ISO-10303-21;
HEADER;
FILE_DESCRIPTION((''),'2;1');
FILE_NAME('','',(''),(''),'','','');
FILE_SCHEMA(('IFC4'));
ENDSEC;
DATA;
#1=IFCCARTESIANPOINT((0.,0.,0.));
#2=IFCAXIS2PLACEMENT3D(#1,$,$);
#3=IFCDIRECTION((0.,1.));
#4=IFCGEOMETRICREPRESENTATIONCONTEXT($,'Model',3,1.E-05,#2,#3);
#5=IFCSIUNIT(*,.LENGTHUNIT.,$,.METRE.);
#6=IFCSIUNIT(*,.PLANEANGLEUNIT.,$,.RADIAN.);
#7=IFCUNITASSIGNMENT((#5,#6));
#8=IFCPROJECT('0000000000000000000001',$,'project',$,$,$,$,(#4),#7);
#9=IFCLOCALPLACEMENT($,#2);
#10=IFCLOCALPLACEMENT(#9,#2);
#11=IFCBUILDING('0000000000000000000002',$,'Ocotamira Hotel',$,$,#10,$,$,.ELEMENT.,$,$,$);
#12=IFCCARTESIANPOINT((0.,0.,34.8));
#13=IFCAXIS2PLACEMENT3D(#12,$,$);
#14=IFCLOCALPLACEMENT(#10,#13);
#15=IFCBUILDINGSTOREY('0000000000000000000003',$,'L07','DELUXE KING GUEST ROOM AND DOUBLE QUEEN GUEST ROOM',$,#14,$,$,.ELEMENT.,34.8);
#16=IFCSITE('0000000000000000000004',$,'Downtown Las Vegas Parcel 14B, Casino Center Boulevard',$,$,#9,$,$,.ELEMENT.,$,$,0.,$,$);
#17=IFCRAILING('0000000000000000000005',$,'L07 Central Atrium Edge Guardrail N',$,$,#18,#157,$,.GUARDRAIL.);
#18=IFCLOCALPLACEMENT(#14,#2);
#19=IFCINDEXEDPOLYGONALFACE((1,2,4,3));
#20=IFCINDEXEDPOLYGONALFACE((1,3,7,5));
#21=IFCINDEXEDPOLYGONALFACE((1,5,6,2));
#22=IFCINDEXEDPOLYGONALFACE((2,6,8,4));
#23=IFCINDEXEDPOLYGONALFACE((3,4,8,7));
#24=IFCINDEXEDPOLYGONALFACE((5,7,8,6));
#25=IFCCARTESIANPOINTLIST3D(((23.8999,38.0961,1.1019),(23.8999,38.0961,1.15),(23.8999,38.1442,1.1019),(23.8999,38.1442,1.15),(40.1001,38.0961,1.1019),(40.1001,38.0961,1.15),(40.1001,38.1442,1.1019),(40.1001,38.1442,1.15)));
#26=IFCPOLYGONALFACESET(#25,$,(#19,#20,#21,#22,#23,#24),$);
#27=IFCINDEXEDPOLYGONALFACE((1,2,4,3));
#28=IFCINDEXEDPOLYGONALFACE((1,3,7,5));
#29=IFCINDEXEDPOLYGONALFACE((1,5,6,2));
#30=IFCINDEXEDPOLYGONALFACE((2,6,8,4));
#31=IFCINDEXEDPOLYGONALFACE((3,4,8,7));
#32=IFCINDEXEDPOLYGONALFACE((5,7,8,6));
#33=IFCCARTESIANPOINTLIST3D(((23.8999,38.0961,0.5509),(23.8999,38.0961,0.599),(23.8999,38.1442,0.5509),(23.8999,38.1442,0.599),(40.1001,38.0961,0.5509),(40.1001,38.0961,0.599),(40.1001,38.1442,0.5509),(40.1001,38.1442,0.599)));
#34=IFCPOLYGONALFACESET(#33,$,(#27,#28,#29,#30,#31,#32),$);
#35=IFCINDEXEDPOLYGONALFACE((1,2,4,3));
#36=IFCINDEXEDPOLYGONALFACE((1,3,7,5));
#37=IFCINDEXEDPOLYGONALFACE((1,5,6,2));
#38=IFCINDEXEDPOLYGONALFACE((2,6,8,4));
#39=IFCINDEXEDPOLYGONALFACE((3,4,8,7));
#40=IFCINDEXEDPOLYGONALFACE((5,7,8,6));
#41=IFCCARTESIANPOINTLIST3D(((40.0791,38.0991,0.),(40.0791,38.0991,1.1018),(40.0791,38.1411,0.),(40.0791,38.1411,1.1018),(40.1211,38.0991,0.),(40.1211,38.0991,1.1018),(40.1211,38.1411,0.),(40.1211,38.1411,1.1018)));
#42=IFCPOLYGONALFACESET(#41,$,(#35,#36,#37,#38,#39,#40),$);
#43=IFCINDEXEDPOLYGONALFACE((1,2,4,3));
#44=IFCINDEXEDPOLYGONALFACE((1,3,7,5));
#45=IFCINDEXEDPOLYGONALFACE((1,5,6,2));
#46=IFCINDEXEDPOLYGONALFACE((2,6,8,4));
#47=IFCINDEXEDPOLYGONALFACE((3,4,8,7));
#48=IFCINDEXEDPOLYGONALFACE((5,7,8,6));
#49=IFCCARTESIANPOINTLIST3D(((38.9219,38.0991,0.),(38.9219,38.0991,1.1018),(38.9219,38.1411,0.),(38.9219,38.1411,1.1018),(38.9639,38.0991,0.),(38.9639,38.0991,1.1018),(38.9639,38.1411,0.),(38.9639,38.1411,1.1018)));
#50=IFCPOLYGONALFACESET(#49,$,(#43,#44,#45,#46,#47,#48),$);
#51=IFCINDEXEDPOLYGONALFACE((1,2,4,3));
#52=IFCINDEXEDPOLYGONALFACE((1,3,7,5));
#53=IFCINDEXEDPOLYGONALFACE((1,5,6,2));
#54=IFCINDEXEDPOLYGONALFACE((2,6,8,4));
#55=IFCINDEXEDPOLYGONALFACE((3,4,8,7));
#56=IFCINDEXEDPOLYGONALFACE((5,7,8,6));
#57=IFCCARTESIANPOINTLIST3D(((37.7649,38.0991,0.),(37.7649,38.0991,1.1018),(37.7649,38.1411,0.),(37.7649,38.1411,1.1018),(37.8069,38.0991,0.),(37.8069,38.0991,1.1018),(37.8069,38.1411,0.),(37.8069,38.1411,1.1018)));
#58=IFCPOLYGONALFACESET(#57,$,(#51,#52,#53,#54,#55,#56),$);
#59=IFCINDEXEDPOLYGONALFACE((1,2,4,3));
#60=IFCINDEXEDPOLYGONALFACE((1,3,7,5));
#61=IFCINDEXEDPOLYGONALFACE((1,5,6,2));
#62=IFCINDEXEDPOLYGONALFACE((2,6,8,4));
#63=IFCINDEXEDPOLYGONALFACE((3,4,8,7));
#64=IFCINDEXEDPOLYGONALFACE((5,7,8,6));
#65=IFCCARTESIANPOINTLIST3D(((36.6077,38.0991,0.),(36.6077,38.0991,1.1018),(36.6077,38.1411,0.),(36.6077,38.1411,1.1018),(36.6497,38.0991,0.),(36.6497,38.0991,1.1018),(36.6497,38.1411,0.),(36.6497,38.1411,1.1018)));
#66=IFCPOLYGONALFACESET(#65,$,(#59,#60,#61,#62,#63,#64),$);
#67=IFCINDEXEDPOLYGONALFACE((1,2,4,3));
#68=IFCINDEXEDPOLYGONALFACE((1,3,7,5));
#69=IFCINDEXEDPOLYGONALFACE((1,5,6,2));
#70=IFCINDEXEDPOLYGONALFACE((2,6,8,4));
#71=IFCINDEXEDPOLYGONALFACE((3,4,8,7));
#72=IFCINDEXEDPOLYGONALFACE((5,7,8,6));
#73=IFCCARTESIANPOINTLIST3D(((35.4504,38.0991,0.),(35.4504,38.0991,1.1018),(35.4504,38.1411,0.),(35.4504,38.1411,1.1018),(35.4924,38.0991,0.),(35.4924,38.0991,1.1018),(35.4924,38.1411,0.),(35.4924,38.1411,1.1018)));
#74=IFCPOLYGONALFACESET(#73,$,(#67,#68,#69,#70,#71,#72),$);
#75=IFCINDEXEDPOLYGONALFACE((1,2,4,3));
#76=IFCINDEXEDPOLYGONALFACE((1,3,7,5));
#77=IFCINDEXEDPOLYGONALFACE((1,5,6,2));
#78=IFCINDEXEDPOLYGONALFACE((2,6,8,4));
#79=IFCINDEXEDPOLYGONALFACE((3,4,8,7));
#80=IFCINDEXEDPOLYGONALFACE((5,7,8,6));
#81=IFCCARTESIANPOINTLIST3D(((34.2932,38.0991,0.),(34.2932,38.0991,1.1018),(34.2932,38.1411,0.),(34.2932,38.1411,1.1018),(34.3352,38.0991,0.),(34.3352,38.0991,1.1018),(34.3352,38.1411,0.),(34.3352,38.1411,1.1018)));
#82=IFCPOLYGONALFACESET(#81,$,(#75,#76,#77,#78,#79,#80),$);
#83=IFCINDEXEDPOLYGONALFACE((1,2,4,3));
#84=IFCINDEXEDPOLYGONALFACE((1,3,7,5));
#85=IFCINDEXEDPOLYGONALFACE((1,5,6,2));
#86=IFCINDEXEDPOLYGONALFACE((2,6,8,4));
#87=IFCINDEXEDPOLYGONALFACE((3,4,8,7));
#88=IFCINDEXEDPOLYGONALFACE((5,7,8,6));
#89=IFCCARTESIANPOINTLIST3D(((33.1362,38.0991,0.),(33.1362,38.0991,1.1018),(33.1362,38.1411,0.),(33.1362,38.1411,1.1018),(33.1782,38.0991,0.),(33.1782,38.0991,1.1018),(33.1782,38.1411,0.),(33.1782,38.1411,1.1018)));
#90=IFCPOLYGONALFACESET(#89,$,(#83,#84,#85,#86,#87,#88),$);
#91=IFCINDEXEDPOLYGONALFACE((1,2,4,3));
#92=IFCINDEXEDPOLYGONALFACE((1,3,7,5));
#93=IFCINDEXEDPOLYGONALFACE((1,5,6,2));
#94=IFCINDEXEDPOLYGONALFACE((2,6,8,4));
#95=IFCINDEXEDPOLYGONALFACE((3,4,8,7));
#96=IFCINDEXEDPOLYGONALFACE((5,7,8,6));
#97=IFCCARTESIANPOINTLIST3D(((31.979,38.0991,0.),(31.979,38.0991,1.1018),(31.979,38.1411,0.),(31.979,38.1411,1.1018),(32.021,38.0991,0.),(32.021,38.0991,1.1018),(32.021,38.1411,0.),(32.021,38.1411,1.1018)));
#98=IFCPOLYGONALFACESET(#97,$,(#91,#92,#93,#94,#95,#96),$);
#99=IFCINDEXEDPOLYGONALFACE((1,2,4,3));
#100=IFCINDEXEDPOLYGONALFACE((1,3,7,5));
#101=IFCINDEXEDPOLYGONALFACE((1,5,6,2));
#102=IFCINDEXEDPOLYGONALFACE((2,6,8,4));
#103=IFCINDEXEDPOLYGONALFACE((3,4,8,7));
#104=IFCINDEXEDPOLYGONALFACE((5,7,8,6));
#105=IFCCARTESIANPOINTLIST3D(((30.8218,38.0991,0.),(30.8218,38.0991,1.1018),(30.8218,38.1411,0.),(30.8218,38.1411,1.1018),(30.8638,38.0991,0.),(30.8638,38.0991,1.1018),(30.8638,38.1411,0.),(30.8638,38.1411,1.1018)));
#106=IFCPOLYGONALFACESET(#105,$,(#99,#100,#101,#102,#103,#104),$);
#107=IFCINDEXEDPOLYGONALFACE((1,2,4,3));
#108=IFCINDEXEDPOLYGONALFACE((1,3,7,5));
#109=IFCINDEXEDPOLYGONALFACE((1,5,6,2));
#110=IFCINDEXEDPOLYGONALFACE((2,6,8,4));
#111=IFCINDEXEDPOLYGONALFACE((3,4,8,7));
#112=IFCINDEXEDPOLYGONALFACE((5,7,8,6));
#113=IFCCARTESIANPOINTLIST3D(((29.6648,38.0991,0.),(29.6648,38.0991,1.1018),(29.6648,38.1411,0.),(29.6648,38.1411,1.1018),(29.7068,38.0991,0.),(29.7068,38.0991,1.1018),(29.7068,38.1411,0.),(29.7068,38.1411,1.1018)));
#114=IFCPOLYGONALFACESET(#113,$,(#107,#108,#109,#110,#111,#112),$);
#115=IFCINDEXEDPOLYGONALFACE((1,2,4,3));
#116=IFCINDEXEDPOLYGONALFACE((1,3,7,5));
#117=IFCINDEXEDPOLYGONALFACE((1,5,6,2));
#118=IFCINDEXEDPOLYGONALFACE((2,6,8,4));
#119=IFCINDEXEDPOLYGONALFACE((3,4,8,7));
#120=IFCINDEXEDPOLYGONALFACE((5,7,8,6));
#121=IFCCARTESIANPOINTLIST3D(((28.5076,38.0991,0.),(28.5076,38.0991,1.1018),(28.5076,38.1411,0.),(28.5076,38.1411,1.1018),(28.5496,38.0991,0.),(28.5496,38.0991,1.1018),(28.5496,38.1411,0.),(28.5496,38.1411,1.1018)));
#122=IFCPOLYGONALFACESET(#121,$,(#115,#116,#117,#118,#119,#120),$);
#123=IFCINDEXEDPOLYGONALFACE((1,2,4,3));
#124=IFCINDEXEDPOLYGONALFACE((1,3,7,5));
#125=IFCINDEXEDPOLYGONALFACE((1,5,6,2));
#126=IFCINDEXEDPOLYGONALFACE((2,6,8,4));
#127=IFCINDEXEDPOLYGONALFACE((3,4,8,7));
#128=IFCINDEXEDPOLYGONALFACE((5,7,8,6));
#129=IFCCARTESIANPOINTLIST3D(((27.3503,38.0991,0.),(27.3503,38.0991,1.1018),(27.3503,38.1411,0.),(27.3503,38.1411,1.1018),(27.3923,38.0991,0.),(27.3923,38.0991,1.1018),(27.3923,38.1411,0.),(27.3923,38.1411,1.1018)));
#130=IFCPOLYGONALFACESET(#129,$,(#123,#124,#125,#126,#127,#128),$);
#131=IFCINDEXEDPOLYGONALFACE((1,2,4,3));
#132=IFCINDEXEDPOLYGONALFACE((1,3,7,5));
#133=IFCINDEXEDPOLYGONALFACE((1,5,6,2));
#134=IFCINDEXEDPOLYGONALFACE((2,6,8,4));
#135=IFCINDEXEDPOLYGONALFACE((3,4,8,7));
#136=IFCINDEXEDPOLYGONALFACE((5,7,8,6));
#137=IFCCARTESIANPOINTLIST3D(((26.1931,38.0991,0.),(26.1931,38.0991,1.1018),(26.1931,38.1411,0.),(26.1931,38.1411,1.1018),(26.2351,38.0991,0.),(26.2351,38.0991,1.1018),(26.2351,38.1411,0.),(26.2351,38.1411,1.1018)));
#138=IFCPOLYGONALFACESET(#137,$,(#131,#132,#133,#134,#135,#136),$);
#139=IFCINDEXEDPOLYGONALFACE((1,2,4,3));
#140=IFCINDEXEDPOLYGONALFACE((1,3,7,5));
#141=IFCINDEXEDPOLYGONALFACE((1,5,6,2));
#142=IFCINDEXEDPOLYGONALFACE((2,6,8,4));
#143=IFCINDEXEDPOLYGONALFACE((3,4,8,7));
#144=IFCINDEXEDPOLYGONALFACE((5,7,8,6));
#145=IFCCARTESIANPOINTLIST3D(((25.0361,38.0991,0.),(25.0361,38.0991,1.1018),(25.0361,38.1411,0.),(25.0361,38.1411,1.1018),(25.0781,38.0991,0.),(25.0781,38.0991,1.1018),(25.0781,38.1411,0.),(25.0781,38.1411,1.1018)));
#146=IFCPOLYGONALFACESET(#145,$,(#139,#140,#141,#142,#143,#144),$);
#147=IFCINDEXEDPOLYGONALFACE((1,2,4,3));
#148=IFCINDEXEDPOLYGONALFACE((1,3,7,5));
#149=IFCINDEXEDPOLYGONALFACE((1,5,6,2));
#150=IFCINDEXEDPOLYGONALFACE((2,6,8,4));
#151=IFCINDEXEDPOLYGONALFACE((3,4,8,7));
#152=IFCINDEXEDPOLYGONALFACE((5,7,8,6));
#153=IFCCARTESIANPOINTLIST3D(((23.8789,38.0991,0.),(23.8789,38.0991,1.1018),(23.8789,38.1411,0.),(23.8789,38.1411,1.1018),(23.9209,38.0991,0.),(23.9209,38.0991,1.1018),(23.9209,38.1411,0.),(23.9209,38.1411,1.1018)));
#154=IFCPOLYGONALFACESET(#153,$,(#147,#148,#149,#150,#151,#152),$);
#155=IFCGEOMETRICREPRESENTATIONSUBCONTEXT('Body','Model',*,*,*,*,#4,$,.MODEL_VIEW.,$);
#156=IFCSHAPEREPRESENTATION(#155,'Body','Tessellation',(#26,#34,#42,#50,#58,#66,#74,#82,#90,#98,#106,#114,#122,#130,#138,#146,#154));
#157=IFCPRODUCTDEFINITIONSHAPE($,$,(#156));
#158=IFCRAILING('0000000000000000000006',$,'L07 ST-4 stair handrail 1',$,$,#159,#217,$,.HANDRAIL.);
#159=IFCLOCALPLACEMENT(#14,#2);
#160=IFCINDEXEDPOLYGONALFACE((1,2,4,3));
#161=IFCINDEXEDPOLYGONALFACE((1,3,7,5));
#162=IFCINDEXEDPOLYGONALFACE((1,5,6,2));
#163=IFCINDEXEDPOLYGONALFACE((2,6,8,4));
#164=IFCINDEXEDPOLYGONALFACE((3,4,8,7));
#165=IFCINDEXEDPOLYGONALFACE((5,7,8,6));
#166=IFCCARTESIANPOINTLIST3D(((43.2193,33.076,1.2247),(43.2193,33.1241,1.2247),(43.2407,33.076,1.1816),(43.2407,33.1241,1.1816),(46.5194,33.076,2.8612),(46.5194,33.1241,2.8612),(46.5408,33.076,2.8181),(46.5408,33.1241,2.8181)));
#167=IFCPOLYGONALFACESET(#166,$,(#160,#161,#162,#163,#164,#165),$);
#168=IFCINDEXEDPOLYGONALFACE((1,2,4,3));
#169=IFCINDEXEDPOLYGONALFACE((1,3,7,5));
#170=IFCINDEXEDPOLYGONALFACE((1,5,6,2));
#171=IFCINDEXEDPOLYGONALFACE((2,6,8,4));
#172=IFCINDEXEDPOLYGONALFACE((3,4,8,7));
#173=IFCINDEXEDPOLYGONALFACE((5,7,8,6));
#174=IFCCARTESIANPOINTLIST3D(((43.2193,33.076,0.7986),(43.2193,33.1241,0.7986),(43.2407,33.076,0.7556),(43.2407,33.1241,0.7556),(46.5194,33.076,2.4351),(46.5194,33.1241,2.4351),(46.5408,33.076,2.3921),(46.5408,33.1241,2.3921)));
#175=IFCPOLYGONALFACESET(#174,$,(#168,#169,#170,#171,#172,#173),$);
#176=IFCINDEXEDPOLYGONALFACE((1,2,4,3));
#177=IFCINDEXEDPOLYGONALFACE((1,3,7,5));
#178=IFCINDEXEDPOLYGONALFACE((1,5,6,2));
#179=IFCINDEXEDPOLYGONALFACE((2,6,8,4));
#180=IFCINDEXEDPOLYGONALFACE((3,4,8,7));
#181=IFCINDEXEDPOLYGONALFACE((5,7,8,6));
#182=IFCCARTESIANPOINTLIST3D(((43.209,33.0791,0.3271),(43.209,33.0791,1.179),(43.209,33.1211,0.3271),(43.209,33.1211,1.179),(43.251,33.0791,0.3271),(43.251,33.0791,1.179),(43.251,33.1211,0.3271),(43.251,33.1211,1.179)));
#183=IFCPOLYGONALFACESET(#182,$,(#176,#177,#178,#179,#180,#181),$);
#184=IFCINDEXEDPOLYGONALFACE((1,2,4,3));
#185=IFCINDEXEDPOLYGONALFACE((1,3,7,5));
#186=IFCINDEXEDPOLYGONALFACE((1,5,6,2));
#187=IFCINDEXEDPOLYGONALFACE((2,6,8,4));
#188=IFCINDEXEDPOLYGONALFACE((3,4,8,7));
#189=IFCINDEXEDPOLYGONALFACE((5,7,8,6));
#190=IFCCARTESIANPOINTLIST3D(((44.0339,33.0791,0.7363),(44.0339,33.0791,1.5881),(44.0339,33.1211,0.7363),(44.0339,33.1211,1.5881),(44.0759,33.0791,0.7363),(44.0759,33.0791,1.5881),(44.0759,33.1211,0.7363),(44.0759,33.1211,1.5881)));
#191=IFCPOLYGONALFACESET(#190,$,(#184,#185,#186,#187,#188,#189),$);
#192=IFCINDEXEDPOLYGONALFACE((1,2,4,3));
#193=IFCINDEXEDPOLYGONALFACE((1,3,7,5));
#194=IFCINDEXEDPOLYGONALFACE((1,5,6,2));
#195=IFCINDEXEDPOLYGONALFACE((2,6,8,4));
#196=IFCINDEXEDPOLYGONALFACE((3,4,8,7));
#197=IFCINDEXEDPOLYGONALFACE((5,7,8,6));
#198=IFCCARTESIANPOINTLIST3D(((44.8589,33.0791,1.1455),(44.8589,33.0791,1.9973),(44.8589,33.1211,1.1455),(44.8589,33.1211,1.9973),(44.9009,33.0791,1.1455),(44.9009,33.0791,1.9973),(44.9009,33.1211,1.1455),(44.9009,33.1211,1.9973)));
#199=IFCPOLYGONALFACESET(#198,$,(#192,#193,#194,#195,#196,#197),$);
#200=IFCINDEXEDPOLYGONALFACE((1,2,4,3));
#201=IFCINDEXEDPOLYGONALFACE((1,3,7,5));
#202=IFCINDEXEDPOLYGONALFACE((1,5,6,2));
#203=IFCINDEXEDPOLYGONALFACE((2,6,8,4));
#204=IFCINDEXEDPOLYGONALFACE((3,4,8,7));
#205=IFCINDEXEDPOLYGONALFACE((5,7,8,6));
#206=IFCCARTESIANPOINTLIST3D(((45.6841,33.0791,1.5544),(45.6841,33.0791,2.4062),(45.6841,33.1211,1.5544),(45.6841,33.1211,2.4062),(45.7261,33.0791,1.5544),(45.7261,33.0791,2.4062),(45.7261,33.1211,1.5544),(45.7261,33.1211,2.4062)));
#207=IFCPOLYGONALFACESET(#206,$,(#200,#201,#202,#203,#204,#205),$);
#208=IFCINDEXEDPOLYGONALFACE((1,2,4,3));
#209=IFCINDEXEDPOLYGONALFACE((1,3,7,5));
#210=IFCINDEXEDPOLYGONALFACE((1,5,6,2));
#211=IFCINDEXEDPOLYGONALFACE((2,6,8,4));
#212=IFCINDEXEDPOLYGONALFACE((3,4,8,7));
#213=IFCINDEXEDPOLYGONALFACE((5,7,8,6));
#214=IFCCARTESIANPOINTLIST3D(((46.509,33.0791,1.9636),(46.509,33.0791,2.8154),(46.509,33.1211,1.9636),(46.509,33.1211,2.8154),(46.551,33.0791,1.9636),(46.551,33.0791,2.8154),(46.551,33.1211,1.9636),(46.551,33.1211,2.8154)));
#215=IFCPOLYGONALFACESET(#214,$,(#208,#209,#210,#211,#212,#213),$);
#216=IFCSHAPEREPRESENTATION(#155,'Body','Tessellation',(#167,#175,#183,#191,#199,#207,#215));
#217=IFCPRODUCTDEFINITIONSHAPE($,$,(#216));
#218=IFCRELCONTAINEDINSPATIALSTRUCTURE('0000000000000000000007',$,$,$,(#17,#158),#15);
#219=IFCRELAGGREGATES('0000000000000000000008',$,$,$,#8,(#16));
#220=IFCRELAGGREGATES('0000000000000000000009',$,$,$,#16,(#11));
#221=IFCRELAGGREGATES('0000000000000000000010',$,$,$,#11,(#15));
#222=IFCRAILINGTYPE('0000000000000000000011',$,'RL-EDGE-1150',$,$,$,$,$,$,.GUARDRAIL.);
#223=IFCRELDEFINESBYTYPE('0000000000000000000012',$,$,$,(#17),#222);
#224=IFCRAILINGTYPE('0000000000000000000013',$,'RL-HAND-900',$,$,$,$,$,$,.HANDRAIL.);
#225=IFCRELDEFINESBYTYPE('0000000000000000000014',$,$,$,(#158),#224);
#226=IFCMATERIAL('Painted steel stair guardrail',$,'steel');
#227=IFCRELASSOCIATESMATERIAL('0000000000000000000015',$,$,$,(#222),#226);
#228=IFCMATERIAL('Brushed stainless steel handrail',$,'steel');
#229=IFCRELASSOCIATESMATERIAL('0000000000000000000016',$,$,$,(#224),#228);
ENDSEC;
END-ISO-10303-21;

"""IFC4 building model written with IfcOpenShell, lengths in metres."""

from ifc_helpers import new_model, si_unit, direction, frame, origin, origin_2d, place, context, subcontext, project, spatial, rectangle, extrude, material, type_object, element, save


model = new_model("IFC4")

# Units and contexts
model_context = context("Model", 3, precision=1e-05, world=origin(), true_north=direction((0.0, 1.0)))
body_context = subcontext(model_context, "Body", "Model", "MODEL_VIEW")
ifc_project = project(units=[si_unit("LENGTHUNIT", "METRE"), si_unit("PLANEANGLEUNIT", "RADIAN")], contexts=[model_context])

# Site, building, storey
site_placement = place(None, origin())
site = spatial("IfcSite", under=ifc_project, at=site_placement, Name="Downtown Las Vegas Parcel 14B, Casino Center Boulevard", CompositionType="ELEMENT", RefElevation=0.0)
building_placement = place(site_placement, origin())
building = spatial("IfcBuilding", under=site, at=building_placement, Name="Ocotamira Hotel", CompositionType="ELEMENT")
storey_placement = place(building_placement, frame((0.0, 0.0, 34.8)))
storey = spatial("IfcBuildingStorey", under=building, at=storey_placement, Name="L07", Description="DELUXE KING GUEST ROOM AND DOUBLE QUEEN GUEST ROOM", CompositionType="ELEMENT", Elevation=34.8)

# Railings
ifc_material_1 = material(Name="Painted steel stair guardrail", Category="steel")
railing_type_1 = type_object("IfcRailingType", Name="RL-EDGE-1150", PredefinedType="GUARDRAIL", material=ifc_material_1)
railing_1_placement = place(storey_placement, frame((40.1001, 38.1201, 0.0)))
element("IfcRailing", 1, at=railing_1_placement, inside=storey, type_object=railing_type_1, Name="L07 Central Atrium Edge Guardrail N", PredefinedType="GUARDRAIL", context=body_context, shape_type="SweptSolid", body=[
    extrude(rectangle(XDim=0.0481, YDim=0.0481, at=origin_2d()), frame((0.0, 0.0, 1.126), z_axis=(-1.0, 0.0, 0.0), x_axis=(0.0, -1.0, 0.0)), (0.0, 0.0, 1.0), 16.2002),
    extrude(rectangle(XDim=0.0481, YDim=0.0481, at=origin_2d()), frame((0.0, 0.0, 0.575), z_axis=(-1.0, 0.0, 0.0), x_axis=(0.0, -1.0, 0.0)), (0.0, 0.0, 1.0), 16.2002),
    extrude(rectangle(XDim=0.042, YDim=0.042, at=origin_2d()), origin(), (0.0, 0.0, 1.0), 1.1018),
    extrude(rectangle(XDim=0.042, YDim=0.042, at=origin_2d()), frame((-1.1572, 0.0, 0.0)), (0.0, 0.0, 1.0), 1.1018),
    extrude(rectangle(XDim=0.042, YDim=0.042, at=origin_2d()), frame((-2.3142, 0.0, 0.0)), (0.0, 0.0, 1.0), 1.1018),
    extrude(rectangle(XDim=0.042, YDim=0.042, at=origin_2d()), frame((-3.4714, 0.0, 0.0)), (0.0, 0.0, 1.0), 1.1018),
    extrude(rectangle(XDim=0.042, YDim=0.042, at=origin_2d()), frame((-4.6287, 0.0, 0.0)), (0.0, 0.0, 1.0), 1.1018),
    extrude(rectangle(XDim=0.042, YDim=0.042, at=origin_2d()), frame((-5.7859, 0.0, 0.0)), (0.0, 0.0, 1.0), 1.1018),
    extrude(rectangle(XDim=0.042, YDim=0.042, at=origin_2d()), frame((-6.9429, 0.0, 0.0)), (0.0, 0.0, 1.0), 1.1018),
    extrude(rectangle(XDim=0.042, YDim=0.042, at=origin_2d()), frame((-8.1001, 0.0, 0.0)), (0.0, 0.0, 1.0), 1.1018),
    extrude(rectangle(XDim=0.042, YDim=0.042, at=origin_2d()), frame((-9.2573, 0.0, 0.0)), (0.0, 0.0, 1.0), 1.1018),
    extrude(rectangle(XDim=0.042, YDim=0.042, at=origin_2d()), frame((-10.4143, 0.0, 0.0)), (0.0, 0.0, 1.0), 1.1018),
    extrude(rectangle(XDim=0.042, YDim=0.042, at=origin_2d()), frame((-11.5715, 0.0, 0.0)), (0.0, 0.0, 1.0), 1.1018),
    extrude(rectangle(XDim=0.042, YDim=0.042, at=origin_2d()), frame((-12.7288, 0.0, 0.0)), (0.0, 0.0, 1.0), 1.1018),
    extrude(rectangle(XDim=0.042, YDim=0.042, at=origin_2d()), frame((-13.886, 0.0, 0.0)), (0.0, 0.0, 1.0), 1.1018),
    extrude(rectangle(XDim=0.042, YDim=0.042, at=origin_2d()), frame((-15.043, 0.0, 0.0)), (0.0, 0.0, 1.0), 1.1018),
    extrude(rectangle(XDim=0.042, YDim=0.042, at=origin_2d()), frame((-16.2002, 0.0, 0.0)), (0.0, 0.0, 1.0), 1.1018),
])
ifc_material_2 = material(Name="Brushed stainless steel handrail", Category="steel")
railing_type_2 = type_object("IfcRailingType", Name="RL-HAND-900", PredefinedType="HANDRAIL", material=ifc_material_2)
railing_2_placement = place(storey_placement, frame((43.23, 33.1001, 0.3271)))
element("IfcRailing", 2, at=railing_2_placement, inside=storey, type_object=railing_type_2, Name="L07 ST-4 stair handrail 1", PredefinedType="HANDRAIL", context=body_context, shape_type="SweptSolid", body=[
    extrude(rectangle(XDim=0.0481, YDim=0.0481, at=origin_2d()), frame((0.0, 0.0, 0.876), z_axis=(0.895894, 0.0, 0.444268), x_axis=(0.0, 1.0, 0.0)), (0.0, 0.0, 1.0), 3.6836),
    extrude(rectangle(XDim=0.0481, YDim=0.0481, at=origin_2d()), frame((0.0, 0.0, 0.45), z_axis=(0.895894, 0.0, 0.444268), x_axis=(0.0, 1.0, 0.0)), (0.0, 0.0, 1.0), 3.6836),
    extrude(rectangle(XDim=0.042, YDim=0.042, at=origin_2d()), origin(), (0.0, 0.0, 1.0), 0.8518),
    extrude(rectangle(XDim=0.042, YDim=0.042, at=origin_2d()), frame((0.825, 0.0, 0.4092)), (0.0, 0.0, 1.0), 0.8518),
    extrude(rectangle(XDim=0.042, YDim=0.042, at=origin_2d()), frame((1.6499, 0.0, 0.8184)), (0.0, 0.0, 1.0), 0.8518),
    extrude(rectangle(XDim=0.042, YDim=0.042, at=origin_2d()), frame((2.4751, 0.0, 1.2273)), (0.0, 0.0, 1.0), 0.8518),
    extrude(rectangle(XDim=0.042, YDim=0.042, at=origin_2d()), frame((3.3, 0.0, 1.6365)), (0.0, 0.0, 1.0), 0.8518),
])

save(model, "model.ifc")
